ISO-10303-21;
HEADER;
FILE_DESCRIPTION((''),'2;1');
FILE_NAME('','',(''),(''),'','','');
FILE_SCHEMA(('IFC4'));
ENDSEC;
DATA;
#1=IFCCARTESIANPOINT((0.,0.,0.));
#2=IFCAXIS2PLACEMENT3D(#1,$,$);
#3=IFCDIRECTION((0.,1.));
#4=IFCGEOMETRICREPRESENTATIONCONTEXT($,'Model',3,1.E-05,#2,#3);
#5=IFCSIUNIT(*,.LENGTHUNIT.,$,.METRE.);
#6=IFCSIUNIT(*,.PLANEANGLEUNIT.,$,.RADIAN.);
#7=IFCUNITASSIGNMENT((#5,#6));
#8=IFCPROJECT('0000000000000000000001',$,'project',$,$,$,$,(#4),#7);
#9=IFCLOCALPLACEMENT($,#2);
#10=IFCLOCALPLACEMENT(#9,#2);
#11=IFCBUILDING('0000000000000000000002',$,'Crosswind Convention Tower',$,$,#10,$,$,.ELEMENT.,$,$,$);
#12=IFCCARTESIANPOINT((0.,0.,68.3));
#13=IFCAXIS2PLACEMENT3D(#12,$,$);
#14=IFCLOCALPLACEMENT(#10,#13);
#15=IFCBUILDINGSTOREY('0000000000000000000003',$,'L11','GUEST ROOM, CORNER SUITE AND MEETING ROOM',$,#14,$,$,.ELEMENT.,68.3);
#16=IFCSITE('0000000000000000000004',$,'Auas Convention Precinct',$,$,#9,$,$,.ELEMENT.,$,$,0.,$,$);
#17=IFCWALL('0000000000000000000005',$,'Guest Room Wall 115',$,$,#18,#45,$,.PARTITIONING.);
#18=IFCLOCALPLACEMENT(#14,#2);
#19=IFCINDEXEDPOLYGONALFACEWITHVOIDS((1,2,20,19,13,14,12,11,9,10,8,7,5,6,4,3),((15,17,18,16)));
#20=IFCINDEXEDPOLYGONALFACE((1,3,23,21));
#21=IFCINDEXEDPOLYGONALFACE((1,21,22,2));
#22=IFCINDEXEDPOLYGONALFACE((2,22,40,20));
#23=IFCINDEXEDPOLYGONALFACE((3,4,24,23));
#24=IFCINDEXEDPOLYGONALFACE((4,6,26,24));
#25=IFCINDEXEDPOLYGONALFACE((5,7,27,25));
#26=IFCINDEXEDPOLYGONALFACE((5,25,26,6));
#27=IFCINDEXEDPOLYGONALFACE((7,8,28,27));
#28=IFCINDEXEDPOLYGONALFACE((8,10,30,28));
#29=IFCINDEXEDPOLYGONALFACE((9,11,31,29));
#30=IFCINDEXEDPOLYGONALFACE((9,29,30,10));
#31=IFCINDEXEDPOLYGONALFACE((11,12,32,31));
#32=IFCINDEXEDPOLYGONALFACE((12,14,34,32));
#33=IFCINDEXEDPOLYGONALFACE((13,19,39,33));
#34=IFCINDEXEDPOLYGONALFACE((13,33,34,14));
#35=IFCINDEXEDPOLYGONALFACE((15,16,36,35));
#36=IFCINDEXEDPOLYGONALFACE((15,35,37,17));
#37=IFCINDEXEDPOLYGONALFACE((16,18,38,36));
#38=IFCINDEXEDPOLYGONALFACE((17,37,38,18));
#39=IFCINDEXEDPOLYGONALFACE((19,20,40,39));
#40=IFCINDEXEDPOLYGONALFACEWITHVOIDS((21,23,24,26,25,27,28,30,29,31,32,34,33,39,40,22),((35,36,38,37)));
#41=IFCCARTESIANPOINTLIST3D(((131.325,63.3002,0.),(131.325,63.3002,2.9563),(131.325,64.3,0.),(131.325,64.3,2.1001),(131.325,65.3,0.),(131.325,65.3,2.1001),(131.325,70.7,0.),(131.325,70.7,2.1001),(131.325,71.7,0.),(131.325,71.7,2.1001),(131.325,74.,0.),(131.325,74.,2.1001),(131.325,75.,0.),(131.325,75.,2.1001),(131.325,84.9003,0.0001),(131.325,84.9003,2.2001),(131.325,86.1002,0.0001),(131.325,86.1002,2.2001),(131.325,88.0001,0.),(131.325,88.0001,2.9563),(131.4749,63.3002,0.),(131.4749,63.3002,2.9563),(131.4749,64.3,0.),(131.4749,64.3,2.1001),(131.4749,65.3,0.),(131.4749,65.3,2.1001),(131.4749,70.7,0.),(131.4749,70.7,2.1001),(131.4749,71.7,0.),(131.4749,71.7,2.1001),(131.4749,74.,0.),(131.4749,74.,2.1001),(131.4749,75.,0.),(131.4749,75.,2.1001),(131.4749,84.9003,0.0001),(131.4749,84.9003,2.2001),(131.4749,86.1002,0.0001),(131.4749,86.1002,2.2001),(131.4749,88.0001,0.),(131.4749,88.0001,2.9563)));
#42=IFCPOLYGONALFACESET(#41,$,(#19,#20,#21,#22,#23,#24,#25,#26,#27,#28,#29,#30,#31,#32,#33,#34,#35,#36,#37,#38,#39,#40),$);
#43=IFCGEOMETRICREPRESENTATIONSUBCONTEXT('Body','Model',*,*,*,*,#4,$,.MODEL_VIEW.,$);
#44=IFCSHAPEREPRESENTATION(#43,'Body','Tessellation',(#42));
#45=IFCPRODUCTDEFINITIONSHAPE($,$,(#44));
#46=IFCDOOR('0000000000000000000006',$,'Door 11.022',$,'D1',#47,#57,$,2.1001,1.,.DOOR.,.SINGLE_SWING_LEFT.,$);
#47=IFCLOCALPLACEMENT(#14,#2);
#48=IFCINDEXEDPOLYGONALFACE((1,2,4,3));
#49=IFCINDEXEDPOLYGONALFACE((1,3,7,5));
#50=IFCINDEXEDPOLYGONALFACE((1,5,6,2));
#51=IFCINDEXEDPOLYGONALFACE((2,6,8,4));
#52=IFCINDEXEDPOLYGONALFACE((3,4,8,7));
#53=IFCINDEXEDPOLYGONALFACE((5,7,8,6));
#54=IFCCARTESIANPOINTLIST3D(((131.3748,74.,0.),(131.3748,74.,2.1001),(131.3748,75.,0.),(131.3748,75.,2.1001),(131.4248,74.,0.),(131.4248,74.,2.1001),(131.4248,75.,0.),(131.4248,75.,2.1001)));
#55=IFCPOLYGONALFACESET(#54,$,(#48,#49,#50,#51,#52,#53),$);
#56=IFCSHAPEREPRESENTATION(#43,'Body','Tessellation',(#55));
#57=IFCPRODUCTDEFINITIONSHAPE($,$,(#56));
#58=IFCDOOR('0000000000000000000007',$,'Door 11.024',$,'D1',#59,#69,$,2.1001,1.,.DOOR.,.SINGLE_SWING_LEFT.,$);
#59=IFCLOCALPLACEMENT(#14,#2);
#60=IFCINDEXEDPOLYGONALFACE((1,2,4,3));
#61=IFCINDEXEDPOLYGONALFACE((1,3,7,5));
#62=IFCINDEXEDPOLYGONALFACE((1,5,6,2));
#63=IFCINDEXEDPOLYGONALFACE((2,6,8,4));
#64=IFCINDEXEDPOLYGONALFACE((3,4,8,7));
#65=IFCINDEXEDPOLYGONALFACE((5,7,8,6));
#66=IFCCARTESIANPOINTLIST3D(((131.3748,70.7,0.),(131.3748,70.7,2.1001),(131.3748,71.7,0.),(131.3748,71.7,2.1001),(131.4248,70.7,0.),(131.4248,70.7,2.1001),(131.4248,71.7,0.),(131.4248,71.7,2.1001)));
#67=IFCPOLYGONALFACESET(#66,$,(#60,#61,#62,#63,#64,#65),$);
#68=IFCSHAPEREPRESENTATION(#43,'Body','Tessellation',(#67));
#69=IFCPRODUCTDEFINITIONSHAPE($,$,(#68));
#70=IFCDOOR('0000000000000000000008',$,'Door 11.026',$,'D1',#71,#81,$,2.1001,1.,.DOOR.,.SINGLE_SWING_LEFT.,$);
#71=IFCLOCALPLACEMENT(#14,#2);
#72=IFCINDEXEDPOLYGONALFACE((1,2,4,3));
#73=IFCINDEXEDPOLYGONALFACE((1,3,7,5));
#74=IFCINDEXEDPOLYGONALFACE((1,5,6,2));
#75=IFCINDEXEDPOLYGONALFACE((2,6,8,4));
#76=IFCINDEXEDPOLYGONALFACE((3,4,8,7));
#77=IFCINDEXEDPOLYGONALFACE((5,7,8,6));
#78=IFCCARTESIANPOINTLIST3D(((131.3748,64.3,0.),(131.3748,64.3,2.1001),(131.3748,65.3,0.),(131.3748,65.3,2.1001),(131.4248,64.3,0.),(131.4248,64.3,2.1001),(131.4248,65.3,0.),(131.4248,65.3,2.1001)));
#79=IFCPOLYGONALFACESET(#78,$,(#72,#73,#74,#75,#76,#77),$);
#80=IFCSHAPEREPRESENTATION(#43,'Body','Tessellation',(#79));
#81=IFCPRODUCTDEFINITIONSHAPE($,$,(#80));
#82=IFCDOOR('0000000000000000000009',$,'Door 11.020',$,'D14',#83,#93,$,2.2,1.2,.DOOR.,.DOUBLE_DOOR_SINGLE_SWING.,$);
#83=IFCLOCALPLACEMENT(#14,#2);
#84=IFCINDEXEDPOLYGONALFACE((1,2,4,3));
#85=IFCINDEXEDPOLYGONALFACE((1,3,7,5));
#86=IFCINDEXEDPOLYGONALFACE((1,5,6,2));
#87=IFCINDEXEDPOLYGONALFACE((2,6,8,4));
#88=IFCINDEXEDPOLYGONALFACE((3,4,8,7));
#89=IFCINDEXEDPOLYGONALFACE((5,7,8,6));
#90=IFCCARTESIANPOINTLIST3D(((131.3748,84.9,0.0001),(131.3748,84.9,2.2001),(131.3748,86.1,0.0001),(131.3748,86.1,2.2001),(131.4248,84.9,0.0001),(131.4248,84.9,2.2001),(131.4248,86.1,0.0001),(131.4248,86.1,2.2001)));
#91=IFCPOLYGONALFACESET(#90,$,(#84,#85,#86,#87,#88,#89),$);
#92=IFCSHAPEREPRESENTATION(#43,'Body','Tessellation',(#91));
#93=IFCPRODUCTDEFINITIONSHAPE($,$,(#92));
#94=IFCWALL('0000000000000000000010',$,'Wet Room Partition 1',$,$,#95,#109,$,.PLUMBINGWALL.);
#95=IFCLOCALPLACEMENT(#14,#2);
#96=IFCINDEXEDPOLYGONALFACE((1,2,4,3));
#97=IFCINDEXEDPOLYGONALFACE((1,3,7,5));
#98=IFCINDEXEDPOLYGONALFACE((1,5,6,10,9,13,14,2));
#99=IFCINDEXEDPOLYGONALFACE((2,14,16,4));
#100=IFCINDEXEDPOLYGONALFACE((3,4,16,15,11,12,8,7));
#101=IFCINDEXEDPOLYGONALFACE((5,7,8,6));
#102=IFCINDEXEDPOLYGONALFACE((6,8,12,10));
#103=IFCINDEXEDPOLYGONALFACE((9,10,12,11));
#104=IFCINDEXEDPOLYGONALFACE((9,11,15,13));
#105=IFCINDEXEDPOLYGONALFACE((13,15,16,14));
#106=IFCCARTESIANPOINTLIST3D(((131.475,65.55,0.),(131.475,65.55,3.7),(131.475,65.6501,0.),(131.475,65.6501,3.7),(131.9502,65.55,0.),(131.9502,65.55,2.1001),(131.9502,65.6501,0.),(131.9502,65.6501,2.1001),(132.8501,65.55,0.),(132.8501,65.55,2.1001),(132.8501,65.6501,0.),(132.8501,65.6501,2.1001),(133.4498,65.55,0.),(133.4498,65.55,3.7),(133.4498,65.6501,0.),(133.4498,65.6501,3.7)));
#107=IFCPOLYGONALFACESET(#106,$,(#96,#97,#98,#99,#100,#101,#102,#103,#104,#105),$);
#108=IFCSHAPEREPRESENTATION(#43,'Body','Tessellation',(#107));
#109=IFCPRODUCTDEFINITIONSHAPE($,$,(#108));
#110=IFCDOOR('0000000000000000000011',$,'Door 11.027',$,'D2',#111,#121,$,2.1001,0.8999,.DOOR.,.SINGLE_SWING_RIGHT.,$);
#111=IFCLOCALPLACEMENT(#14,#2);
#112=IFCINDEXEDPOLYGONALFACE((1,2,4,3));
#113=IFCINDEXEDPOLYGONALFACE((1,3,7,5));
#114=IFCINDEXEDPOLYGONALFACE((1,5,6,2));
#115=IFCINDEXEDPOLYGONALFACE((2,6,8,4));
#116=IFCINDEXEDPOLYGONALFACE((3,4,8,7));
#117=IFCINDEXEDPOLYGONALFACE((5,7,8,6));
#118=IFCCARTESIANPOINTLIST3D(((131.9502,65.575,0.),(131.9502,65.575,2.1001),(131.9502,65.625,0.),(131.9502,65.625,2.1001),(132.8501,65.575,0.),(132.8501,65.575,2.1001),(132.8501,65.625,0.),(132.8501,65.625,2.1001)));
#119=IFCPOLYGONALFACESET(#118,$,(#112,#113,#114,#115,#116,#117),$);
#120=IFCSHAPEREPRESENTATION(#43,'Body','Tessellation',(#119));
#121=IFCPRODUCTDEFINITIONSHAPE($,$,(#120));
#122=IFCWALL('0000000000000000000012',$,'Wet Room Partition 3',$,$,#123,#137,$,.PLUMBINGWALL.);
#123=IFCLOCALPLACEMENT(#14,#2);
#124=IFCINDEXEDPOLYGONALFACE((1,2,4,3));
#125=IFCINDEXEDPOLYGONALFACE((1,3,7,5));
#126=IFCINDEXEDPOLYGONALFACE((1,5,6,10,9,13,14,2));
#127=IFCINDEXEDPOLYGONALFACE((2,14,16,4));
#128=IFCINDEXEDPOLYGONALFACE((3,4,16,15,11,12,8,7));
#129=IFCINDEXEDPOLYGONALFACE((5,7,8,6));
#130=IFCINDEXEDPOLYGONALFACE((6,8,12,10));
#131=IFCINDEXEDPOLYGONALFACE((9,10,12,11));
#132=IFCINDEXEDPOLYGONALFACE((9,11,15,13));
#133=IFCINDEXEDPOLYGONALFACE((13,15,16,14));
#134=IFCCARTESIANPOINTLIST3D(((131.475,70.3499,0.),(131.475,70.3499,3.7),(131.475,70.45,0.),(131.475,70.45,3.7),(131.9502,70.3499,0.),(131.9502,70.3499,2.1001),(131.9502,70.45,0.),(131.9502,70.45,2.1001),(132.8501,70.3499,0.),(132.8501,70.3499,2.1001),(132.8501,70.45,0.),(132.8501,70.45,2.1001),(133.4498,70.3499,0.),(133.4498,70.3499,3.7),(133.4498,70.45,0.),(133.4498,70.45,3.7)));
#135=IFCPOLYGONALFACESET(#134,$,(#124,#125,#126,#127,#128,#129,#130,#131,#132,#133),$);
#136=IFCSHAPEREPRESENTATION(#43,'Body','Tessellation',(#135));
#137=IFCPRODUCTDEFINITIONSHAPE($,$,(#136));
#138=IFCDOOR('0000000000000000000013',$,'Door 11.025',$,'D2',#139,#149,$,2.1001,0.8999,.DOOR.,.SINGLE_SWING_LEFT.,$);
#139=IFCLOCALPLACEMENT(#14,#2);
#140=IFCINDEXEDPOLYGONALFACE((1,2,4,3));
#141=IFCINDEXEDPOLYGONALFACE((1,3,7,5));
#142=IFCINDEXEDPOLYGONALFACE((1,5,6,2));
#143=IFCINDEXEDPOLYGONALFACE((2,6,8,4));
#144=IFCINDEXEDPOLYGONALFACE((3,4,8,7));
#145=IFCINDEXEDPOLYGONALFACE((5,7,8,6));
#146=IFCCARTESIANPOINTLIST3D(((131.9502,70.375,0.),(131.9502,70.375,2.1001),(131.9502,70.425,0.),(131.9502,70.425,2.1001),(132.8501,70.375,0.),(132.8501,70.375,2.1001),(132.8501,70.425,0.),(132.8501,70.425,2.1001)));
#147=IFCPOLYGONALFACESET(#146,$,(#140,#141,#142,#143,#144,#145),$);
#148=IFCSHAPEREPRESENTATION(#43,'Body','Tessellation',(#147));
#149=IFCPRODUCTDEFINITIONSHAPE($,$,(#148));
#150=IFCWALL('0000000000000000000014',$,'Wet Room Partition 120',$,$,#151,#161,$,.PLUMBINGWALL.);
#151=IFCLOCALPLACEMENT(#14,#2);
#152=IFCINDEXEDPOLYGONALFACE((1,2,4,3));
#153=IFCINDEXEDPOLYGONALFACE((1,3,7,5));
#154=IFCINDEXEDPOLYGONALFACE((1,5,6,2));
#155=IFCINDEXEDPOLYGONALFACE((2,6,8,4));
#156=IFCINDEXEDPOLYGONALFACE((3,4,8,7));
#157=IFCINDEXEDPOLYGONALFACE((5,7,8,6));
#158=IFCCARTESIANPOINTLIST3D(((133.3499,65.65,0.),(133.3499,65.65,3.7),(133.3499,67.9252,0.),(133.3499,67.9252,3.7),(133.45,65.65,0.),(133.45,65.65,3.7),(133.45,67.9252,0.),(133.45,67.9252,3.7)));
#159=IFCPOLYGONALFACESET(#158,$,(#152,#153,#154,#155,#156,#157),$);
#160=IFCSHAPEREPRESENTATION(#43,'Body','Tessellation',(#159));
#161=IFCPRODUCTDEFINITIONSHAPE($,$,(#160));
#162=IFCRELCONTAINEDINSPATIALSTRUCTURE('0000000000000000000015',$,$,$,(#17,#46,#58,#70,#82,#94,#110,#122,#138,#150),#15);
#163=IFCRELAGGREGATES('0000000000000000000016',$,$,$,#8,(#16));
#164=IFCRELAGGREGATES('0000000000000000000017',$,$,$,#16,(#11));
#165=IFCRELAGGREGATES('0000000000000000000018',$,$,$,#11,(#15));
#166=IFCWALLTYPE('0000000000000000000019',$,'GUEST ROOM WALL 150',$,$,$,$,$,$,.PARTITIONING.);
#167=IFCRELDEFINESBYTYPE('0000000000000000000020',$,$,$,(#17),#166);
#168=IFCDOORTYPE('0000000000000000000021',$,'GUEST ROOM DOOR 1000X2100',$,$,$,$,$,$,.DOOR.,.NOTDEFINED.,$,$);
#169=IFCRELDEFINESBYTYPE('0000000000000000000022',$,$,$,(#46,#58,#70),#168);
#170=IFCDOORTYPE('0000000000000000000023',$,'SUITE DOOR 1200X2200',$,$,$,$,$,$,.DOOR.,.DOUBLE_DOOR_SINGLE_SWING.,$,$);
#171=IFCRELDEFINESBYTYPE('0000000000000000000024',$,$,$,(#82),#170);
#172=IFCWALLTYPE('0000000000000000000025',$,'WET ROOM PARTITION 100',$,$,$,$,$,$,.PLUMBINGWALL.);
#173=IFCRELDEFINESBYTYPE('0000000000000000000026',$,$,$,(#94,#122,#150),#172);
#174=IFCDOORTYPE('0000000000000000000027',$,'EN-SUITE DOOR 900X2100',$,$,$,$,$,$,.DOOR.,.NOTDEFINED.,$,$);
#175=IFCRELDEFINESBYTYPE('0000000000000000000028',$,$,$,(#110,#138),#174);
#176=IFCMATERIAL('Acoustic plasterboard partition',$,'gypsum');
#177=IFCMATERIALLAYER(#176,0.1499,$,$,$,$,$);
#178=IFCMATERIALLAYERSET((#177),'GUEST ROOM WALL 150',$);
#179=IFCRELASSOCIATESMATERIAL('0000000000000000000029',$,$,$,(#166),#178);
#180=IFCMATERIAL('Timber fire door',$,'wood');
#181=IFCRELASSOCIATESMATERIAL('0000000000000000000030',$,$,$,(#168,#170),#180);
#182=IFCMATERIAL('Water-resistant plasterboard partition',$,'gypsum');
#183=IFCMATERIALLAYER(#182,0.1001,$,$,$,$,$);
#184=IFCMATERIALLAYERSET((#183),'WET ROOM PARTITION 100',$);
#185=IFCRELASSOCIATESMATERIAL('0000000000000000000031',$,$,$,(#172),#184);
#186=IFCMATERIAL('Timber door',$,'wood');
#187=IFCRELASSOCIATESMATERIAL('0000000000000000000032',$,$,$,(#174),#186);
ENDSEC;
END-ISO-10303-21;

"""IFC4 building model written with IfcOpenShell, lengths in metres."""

from ifc_helpers import new_model, si_unit, direction, frame, frame_2d, origin, place, context, subcontext, project, spatial, rectangle, extrude, material, layer, layer_set, type_object, element, fill, save


model = new_model("IFC4")

# Units and contexts
model_context = context("Model", 3, precision=1e-05, world=origin(), true_north=direction((0.0, 1.0)))
body_context = subcontext(model_context, "Body", "Model", "MODEL_VIEW")
ifc_project = project(units=[si_unit("LENGTHUNIT", "METRE"), si_unit("PLANEANGLEUNIT", "RADIAN")], contexts=[model_context])

# Site, building, storey
site_placement = place(None, origin())
site = spatial("IfcSite", under=ifc_project, at=site_placement, Name="Auas Convention Precinct", CompositionType="ELEMENT", RefElevation=0.0)
building_placement = place(site_placement, origin())
building = spatial("IfcBuilding", under=site, at=building_placement, Name="Crosswind Convention Tower", CompositionType="ELEMENT")
storey_placement = place(building_placement, frame((0.0, 0.0, 68.3)))
storey = spatial("IfcBuildingStorey", under=building, at=storey_placement, Name="L11", Description="GUEST ROOM, CORNER SUITE AND MEETING ROOM", CompositionType="ELEMENT", Elevation=68.3)

# Shared definitions
ifc_material_1 = material(Name="Acoustic plasterboard partition", Category="gypsum")
ifc_layer_1 = layer(ifc_material_1, 0.1499)
ifc_layer_set_1 = layer_set([ifc_layer_1], Name="GUEST ROOM WALL 150")
wall_type_1 = type_object("IfcWallType", Name="GUEST ROOM WALL 150", PredefinedType="PARTITIONING", material=ifc_layer_set_1)

# Wall, openings, doors
wall_1_placement = place(storey_placement, frame((131.3999, 63.3, 0.0), z_axis=(0.0, 0.0, 1.0), x_axis=(0.0, 1.0, 0.0)))
wall_1 = element("IfcWall", 1, at=wall_1_placement, inside=storey, type_object=wall_type_1, Name="Guest Room Wall 115", PredefinedType="PARTITIONING", context=body_context, shape_type="SweptSolid", body=[
    extrude(rectangle(XDim=24.7, YDim=0.1499, at=frame_2d((12.3501, 0.0))), origin(), (0.0, 0.0, 1.0), 2.9563),
])
opening_1_placement = place(wall_1_placement, frame((21.6001, 0.0, 0.0)))
opening_1 = element("IfcOpeningElement", 2, at=opening_1_placement, cuts=wall_1, PredefinedType="OPENING", context=body_context, shape_type="SweptSolid", body=[
    extrude(rectangle(XDim=1.2, YDim=2.2, at=frame_2d((0.6001, 1.1001))), frame((0.0, 0.085, 0.0), z_axis=(0.0, -1.0, 0.0), x_axis=(1.0, 0.0, 0.0)), (0.0, 0.0, 1.0), 0.1699),
])
opening_2_placement = place(wall_1_placement, frame((10.7, 0.0, 0.0)))
opening_2 = element("IfcOpeningElement", 3, at=opening_2_placement, cuts=wall_1, PredefinedType="OPENING", context=body_context, shape_type="SweptSolid", body=[
    extrude(rectangle(XDim=1.0, YDim=2.1001, at=frame_2d((0.5, 1.05))), frame((0.0, 0.085, 0.0), z_axis=(0.0, -1.0, 0.0), x_axis=(1.0, 0.0, 0.0)), (0.0, 0.0, 1.0), 0.1699),
])
opening_3_placement = place(wall_1_placement, frame((7.3999, 0.0, 0.0)))
opening_3 = element("IfcOpeningElement", 4, at=opening_3_placement, cuts=wall_1, PredefinedType="OPENING", context=body_context, shape_type="SweptSolid", body=[
    extrude(rectangle(XDim=1.0, YDim=2.1001, at=frame_2d((0.5, 1.05))), frame((0.0, 0.085, 0.0), z_axis=(0.0, -1.0, 0.0), x_axis=(1.0, 0.0, 0.0)), (0.0, 0.0, 1.0), 0.1699),
])
opening_4_placement = place(wall_1_placement, frame((1.0, 0.0, 0.0)))
opening_4 = element("IfcOpeningElement", 5, at=opening_4_placement, cuts=wall_1, PredefinedType="OPENING", context=body_context, shape_type="SweptSolid", body=[
    extrude(rectangle(XDim=1.0, YDim=2.1001, at=frame_2d((0.5, 1.05))), frame((0.0, 0.085, 0.0), z_axis=(0.0, -1.0, 0.0), x_axis=(1.0, 0.0, 0.0)), (0.0, 0.0, 1.0), 0.1699),
])
ifc_material_2 = material(Name="Timber fire door", Category="wood")
door_type_1 = type_object("IfcDoorType", Name="GUEST ROOM DOOR 1000X2100", OperationType="NOTDEFINED", PredefinedType="DOOR", material=ifc_material_2)
door_1_placement = place(opening_2_placement, frame((1.0, 0.0, 0.0), z_axis=(0.0, 0.0, 1.0), x_axis=(-1.0, 0.0, 0.0)))
door_1 = element("IfcDoor", 6, at=door_1_placement, inside=storey, type_object=door_type_1, Name="Door 11.022", ObjectType="D1", OperationType="SINGLE_SWING_LEFT", OverallHeight=2.1001, OverallWidth=1.0, PredefinedType="DOOR", context=body_context, shape_type="SweptSolid", body=[
    extrude(rectangle(XDim=1.0, YDim=2.1001, at=frame_2d((0.5, 1.05))), frame((0.0, 0.0249, 0.0), z_axis=(0.0, -1.0, 0.0), x_axis=(1.0, 0.0, 0.0)), (0.0, 0.0, 1.0), 0.05),
])
fill(opening_2, door_1)
door_2_placement = place(opening_3_placement, frame((1.0, 0.0, 0.0), z_axis=(0.0, 0.0, 1.0), x_axis=(-1.0, 0.0, 0.0)))
door_2 = element("IfcDoor", 7, at=door_2_placement, inside=storey, type_object=door_type_1, Name="Door 11.024", ObjectType="D1", OperationType="SINGLE_SWING_LEFT", OverallHeight=2.1001, OverallWidth=1.0, PredefinedType="DOOR", context=body_context, shape_type="SweptSolid", body=[
    extrude(rectangle(XDim=1.0, YDim=2.1001, at=frame_2d((0.5, 1.05))), frame((0.0, 0.0249, 0.0), z_axis=(0.0, -1.0, 0.0), x_axis=(1.0, 0.0, 0.0)), (0.0, 0.0, 1.0), 0.05),
])
fill(opening_3, door_2)
door_3_placement = place(opening_4_placement, frame((1.0, 0.0, 0.0), z_axis=(0.0, 0.0, 1.0), x_axis=(-1.0, 0.0, 0.0)))
door_3 = element("IfcDoor", 8, at=door_3_placement, inside=storey, type_object=door_type_1, Name="Door 11.026", ObjectType="D1", OperationType="SINGLE_SWING_LEFT", OverallHeight=2.1001, OverallWidth=1.0, PredefinedType="DOOR", context=body_context, shape_type="SweptSolid", body=[
    extrude(rectangle(XDim=1.0, YDim=2.1001, at=frame_2d((0.5, 1.05))), frame((0.0, 0.0249, 0.0), z_axis=(0.0, -1.0, 0.0), x_axis=(1.0, 0.0, 0.0)), (0.0, 0.0, 1.0), 0.05),
])
fill(opening_4, door_3)
door_type_2 = type_object("IfcDoorType", Name="SUITE DOOR 1200X2200", OperationType="DOUBLE_DOOR_SINGLE_SWING", PredefinedType="DOOR", material=ifc_material_2)
door_4_placement = place(opening_1_placement, frame((1.2, 0.0, 0.0), z_axis=(0.0, 0.0, 1.0), x_axis=(-1.0, 0.0, 0.0)))
door_4 = element("IfcDoor", 9, at=door_4_placement, inside=storey, type_object=door_type_2, Name="Door 11.020", ObjectType="D14", OperationType="DOUBLE_DOOR_SINGLE_SWING", OverallHeight=2.2, OverallWidth=1.2, PredefinedType="DOOR", context=body_context, shape_type="SweptSolid", body=[
    extrude(rectangle(XDim=1.2, YDim=2.2, at=frame_2d((0.6001, 1.1001))), frame((0.0, 0.0249, 0.0), z_axis=(0.0, -1.0, 0.0), x_axis=(1.0, 0.0, 0.0)), (0.0, 0.0, 1.0), 0.05),
])
fill(opening_1, door_4)

# Walls, openings, doors
ifc_material_3 = material(Name="Water-resistant plasterboard partition", Category="gypsum")
ifc_layer_2 = layer(ifc_material_3, 0.1001)
ifc_layer_set_2 = layer_set([ifc_layer_2], Name="WET ROOM PARTITION 100")
wall_type_2 = type_object("IfcWallType", Name="WET ROOM PARTITION 100", PredefinedType="PLUMBINGWALL", material=ifc_layer_set_2)
wall_2_placement = place(storey_placement, frame((131.4751, 65.6001, 0.0), z_axis=(0.0, 0.0, 1.0), x_axis=(1.0, 0.0, 0.0)))
wall_2 = element("IfcWall", 10, at=wall_2_placement, inside=storey, type_object=wall_type_2, Name="Wet Room Partition 1", PredefinedType="PLUMBINGWALL", context=body_context, shape_type="SweptSolid", body=[
    extrude(rectangle(XDim=1.9749, YDim=0.1001, at=frame_2d((0.9873, 0.0))), origin(), (0.0, 0.0, 1.0), 3.7),
])
opening_5_placement = place(wall_2_placement, frame((0.4751, 0.0, 0.0)))
opening_5 = element("IfcOpeningElement", 11, at=opening_5_placement, cuts=wall_2, PredefinedType="OPENING", context=body_context, shape_type="SweptSolid", body=[
    extrude(rectangle(XDim=0.8999, YDim=2.1001, at=frame_2d((0.45, 1.05))), frame((0.0, 0.0601, 0.0), z_axis=(0.0, -1.0, 0.0), x_axis=(1.0, 0.0, 0.0)), (0.0, 0.0, 1.0), 0.1201),
])
ifc_material_4 = material(Name="Timber door", Category="wood")
door_type_3 = type_object("IfcDoorType", Name="EN-SUITE DOOR 900X2100", OperationType="NOTDEFINED", PredefinedType="DOOR", material=ifc_material_4)
door_5_placement = place(opening_5_placement, origin())
door_5 = element("IfcDoor", 12, at=door_5_placement, inside=storey, type_object=door_type_3, Name="Door 11.027", ObjectType="D2", OperationType="SINGLE_SWING_RIGHT", OverallHeight=2.1001, OverallWidth=0.8999, PredefinedType="DOOR", context=body_context, shape_type="SweptSolid", body=[
    extrude(rectangle(XDim=0.8999, YDim=2.1001, at=frame_2d((0.45, 1.05))), frame((0.0, 0.0249, 0.0), z_axis=(0.0, -1.0, 0.0), x_axis=(1.0, 0.0, 0.0)), (0.0, 0.0, 1.0), 0.05),
])
fill(opening_5, door_5)
wall_3_placement = place(storey_placement, frame((131.4751, 70.3999, 0.0), z_axis=(0.0, 0.0, 1.0), x_axis=(1.0, 0.0, 0.0)))
wall_3 = element("IfcWall", 13, at=wall_3_placement, inside=storey, type_object=wall_type_2, Name="Wet Room Partition 3", PredefinedType="PLUMBINGWALL", context=body_context, shape_type="SweptSolid", body=[
    extrude(rectangle(XDim=1.9749, YDim=0.1001, at=frame_2d((0.9873, 0.0))), origin(), (0.0, 0.0, 1.0), 3.7),
])
opening_6_placement = place(wall_3_placement, frame((0.4751, 0.0, 0.0)))
opening_6 = element("IfcOpeningElement", 14, at=opening_6_placement, cuts=wall_3, PredefinedType="OPENING", context=body_context, shape_type="SweptSolid", body=[
    extrude(rectangle(XDim=0.8999, YDim=2.1001, at=frame_2d((0.45, 1.05))), frame((0.0, 0.0601, 0.0), z_axis=(0.0, -1.0, 0.0), x_axis=(1.0, 0.0, 0.0)), (0.0, 0.0, 1.0), 0.1201),
])
door_6_placement = place(opening_6_placement, frame((0.8999, 0.0, 0.0), z_axis=(0.0, 0.0, 1.0), x_axis=(-1.0, 0.0, 0.0)))
door_6 = element("IfcDoor", 15, at=door_6_placement, inside=storey, type_object=door_type_3, Name="Door 11.025", ObjectType="D2", OperationType="SINGLE_SWING_LEFT", OverallHeight=2.1001, OverallWidth=0.8999, PredefinedType="DOOR", context=body_context, shape_type="SweptSolid", body=[
    extrude(rectangle(XDim=0.8999, YDim=2.1001, at=frame_2d((0.45, 1.05))), frame((0.0, 0.0249, 0.0), z_axis=(0.0, -1.0, 0.0), x_axis=(1.0, 0.0, 0.0)), (0.0, 0.0, 1.0), 0.05),
])
fill(opening_6, door_6)

# Wall
for number, where, z_axis, x_axis, name in (
    (16, (133.3999, 65.6499, 0.0), (0.0, 0.0, 1.0), (0.0, 1.0, 0.0), "Wet Room Partition 120"),
):
    element("IfcWall", number, at=place(storey_placement, frame(where, z_axis=z_axis, x_axis=x_axis)), inside=storey, type_object=wall_type_2, Name=name, PredefinedType="PLUMBINGWALL", context=body_context, shape_type="SweptSolid", body=[
        extrude(rectangle(XDim=2.2751, YDim=0.1001, at=frame_2d((1.1377, 0.0))), origin(), (0.0, 0.0, 1.0), 3.7),
    ])

save(model, "model.ifc")
